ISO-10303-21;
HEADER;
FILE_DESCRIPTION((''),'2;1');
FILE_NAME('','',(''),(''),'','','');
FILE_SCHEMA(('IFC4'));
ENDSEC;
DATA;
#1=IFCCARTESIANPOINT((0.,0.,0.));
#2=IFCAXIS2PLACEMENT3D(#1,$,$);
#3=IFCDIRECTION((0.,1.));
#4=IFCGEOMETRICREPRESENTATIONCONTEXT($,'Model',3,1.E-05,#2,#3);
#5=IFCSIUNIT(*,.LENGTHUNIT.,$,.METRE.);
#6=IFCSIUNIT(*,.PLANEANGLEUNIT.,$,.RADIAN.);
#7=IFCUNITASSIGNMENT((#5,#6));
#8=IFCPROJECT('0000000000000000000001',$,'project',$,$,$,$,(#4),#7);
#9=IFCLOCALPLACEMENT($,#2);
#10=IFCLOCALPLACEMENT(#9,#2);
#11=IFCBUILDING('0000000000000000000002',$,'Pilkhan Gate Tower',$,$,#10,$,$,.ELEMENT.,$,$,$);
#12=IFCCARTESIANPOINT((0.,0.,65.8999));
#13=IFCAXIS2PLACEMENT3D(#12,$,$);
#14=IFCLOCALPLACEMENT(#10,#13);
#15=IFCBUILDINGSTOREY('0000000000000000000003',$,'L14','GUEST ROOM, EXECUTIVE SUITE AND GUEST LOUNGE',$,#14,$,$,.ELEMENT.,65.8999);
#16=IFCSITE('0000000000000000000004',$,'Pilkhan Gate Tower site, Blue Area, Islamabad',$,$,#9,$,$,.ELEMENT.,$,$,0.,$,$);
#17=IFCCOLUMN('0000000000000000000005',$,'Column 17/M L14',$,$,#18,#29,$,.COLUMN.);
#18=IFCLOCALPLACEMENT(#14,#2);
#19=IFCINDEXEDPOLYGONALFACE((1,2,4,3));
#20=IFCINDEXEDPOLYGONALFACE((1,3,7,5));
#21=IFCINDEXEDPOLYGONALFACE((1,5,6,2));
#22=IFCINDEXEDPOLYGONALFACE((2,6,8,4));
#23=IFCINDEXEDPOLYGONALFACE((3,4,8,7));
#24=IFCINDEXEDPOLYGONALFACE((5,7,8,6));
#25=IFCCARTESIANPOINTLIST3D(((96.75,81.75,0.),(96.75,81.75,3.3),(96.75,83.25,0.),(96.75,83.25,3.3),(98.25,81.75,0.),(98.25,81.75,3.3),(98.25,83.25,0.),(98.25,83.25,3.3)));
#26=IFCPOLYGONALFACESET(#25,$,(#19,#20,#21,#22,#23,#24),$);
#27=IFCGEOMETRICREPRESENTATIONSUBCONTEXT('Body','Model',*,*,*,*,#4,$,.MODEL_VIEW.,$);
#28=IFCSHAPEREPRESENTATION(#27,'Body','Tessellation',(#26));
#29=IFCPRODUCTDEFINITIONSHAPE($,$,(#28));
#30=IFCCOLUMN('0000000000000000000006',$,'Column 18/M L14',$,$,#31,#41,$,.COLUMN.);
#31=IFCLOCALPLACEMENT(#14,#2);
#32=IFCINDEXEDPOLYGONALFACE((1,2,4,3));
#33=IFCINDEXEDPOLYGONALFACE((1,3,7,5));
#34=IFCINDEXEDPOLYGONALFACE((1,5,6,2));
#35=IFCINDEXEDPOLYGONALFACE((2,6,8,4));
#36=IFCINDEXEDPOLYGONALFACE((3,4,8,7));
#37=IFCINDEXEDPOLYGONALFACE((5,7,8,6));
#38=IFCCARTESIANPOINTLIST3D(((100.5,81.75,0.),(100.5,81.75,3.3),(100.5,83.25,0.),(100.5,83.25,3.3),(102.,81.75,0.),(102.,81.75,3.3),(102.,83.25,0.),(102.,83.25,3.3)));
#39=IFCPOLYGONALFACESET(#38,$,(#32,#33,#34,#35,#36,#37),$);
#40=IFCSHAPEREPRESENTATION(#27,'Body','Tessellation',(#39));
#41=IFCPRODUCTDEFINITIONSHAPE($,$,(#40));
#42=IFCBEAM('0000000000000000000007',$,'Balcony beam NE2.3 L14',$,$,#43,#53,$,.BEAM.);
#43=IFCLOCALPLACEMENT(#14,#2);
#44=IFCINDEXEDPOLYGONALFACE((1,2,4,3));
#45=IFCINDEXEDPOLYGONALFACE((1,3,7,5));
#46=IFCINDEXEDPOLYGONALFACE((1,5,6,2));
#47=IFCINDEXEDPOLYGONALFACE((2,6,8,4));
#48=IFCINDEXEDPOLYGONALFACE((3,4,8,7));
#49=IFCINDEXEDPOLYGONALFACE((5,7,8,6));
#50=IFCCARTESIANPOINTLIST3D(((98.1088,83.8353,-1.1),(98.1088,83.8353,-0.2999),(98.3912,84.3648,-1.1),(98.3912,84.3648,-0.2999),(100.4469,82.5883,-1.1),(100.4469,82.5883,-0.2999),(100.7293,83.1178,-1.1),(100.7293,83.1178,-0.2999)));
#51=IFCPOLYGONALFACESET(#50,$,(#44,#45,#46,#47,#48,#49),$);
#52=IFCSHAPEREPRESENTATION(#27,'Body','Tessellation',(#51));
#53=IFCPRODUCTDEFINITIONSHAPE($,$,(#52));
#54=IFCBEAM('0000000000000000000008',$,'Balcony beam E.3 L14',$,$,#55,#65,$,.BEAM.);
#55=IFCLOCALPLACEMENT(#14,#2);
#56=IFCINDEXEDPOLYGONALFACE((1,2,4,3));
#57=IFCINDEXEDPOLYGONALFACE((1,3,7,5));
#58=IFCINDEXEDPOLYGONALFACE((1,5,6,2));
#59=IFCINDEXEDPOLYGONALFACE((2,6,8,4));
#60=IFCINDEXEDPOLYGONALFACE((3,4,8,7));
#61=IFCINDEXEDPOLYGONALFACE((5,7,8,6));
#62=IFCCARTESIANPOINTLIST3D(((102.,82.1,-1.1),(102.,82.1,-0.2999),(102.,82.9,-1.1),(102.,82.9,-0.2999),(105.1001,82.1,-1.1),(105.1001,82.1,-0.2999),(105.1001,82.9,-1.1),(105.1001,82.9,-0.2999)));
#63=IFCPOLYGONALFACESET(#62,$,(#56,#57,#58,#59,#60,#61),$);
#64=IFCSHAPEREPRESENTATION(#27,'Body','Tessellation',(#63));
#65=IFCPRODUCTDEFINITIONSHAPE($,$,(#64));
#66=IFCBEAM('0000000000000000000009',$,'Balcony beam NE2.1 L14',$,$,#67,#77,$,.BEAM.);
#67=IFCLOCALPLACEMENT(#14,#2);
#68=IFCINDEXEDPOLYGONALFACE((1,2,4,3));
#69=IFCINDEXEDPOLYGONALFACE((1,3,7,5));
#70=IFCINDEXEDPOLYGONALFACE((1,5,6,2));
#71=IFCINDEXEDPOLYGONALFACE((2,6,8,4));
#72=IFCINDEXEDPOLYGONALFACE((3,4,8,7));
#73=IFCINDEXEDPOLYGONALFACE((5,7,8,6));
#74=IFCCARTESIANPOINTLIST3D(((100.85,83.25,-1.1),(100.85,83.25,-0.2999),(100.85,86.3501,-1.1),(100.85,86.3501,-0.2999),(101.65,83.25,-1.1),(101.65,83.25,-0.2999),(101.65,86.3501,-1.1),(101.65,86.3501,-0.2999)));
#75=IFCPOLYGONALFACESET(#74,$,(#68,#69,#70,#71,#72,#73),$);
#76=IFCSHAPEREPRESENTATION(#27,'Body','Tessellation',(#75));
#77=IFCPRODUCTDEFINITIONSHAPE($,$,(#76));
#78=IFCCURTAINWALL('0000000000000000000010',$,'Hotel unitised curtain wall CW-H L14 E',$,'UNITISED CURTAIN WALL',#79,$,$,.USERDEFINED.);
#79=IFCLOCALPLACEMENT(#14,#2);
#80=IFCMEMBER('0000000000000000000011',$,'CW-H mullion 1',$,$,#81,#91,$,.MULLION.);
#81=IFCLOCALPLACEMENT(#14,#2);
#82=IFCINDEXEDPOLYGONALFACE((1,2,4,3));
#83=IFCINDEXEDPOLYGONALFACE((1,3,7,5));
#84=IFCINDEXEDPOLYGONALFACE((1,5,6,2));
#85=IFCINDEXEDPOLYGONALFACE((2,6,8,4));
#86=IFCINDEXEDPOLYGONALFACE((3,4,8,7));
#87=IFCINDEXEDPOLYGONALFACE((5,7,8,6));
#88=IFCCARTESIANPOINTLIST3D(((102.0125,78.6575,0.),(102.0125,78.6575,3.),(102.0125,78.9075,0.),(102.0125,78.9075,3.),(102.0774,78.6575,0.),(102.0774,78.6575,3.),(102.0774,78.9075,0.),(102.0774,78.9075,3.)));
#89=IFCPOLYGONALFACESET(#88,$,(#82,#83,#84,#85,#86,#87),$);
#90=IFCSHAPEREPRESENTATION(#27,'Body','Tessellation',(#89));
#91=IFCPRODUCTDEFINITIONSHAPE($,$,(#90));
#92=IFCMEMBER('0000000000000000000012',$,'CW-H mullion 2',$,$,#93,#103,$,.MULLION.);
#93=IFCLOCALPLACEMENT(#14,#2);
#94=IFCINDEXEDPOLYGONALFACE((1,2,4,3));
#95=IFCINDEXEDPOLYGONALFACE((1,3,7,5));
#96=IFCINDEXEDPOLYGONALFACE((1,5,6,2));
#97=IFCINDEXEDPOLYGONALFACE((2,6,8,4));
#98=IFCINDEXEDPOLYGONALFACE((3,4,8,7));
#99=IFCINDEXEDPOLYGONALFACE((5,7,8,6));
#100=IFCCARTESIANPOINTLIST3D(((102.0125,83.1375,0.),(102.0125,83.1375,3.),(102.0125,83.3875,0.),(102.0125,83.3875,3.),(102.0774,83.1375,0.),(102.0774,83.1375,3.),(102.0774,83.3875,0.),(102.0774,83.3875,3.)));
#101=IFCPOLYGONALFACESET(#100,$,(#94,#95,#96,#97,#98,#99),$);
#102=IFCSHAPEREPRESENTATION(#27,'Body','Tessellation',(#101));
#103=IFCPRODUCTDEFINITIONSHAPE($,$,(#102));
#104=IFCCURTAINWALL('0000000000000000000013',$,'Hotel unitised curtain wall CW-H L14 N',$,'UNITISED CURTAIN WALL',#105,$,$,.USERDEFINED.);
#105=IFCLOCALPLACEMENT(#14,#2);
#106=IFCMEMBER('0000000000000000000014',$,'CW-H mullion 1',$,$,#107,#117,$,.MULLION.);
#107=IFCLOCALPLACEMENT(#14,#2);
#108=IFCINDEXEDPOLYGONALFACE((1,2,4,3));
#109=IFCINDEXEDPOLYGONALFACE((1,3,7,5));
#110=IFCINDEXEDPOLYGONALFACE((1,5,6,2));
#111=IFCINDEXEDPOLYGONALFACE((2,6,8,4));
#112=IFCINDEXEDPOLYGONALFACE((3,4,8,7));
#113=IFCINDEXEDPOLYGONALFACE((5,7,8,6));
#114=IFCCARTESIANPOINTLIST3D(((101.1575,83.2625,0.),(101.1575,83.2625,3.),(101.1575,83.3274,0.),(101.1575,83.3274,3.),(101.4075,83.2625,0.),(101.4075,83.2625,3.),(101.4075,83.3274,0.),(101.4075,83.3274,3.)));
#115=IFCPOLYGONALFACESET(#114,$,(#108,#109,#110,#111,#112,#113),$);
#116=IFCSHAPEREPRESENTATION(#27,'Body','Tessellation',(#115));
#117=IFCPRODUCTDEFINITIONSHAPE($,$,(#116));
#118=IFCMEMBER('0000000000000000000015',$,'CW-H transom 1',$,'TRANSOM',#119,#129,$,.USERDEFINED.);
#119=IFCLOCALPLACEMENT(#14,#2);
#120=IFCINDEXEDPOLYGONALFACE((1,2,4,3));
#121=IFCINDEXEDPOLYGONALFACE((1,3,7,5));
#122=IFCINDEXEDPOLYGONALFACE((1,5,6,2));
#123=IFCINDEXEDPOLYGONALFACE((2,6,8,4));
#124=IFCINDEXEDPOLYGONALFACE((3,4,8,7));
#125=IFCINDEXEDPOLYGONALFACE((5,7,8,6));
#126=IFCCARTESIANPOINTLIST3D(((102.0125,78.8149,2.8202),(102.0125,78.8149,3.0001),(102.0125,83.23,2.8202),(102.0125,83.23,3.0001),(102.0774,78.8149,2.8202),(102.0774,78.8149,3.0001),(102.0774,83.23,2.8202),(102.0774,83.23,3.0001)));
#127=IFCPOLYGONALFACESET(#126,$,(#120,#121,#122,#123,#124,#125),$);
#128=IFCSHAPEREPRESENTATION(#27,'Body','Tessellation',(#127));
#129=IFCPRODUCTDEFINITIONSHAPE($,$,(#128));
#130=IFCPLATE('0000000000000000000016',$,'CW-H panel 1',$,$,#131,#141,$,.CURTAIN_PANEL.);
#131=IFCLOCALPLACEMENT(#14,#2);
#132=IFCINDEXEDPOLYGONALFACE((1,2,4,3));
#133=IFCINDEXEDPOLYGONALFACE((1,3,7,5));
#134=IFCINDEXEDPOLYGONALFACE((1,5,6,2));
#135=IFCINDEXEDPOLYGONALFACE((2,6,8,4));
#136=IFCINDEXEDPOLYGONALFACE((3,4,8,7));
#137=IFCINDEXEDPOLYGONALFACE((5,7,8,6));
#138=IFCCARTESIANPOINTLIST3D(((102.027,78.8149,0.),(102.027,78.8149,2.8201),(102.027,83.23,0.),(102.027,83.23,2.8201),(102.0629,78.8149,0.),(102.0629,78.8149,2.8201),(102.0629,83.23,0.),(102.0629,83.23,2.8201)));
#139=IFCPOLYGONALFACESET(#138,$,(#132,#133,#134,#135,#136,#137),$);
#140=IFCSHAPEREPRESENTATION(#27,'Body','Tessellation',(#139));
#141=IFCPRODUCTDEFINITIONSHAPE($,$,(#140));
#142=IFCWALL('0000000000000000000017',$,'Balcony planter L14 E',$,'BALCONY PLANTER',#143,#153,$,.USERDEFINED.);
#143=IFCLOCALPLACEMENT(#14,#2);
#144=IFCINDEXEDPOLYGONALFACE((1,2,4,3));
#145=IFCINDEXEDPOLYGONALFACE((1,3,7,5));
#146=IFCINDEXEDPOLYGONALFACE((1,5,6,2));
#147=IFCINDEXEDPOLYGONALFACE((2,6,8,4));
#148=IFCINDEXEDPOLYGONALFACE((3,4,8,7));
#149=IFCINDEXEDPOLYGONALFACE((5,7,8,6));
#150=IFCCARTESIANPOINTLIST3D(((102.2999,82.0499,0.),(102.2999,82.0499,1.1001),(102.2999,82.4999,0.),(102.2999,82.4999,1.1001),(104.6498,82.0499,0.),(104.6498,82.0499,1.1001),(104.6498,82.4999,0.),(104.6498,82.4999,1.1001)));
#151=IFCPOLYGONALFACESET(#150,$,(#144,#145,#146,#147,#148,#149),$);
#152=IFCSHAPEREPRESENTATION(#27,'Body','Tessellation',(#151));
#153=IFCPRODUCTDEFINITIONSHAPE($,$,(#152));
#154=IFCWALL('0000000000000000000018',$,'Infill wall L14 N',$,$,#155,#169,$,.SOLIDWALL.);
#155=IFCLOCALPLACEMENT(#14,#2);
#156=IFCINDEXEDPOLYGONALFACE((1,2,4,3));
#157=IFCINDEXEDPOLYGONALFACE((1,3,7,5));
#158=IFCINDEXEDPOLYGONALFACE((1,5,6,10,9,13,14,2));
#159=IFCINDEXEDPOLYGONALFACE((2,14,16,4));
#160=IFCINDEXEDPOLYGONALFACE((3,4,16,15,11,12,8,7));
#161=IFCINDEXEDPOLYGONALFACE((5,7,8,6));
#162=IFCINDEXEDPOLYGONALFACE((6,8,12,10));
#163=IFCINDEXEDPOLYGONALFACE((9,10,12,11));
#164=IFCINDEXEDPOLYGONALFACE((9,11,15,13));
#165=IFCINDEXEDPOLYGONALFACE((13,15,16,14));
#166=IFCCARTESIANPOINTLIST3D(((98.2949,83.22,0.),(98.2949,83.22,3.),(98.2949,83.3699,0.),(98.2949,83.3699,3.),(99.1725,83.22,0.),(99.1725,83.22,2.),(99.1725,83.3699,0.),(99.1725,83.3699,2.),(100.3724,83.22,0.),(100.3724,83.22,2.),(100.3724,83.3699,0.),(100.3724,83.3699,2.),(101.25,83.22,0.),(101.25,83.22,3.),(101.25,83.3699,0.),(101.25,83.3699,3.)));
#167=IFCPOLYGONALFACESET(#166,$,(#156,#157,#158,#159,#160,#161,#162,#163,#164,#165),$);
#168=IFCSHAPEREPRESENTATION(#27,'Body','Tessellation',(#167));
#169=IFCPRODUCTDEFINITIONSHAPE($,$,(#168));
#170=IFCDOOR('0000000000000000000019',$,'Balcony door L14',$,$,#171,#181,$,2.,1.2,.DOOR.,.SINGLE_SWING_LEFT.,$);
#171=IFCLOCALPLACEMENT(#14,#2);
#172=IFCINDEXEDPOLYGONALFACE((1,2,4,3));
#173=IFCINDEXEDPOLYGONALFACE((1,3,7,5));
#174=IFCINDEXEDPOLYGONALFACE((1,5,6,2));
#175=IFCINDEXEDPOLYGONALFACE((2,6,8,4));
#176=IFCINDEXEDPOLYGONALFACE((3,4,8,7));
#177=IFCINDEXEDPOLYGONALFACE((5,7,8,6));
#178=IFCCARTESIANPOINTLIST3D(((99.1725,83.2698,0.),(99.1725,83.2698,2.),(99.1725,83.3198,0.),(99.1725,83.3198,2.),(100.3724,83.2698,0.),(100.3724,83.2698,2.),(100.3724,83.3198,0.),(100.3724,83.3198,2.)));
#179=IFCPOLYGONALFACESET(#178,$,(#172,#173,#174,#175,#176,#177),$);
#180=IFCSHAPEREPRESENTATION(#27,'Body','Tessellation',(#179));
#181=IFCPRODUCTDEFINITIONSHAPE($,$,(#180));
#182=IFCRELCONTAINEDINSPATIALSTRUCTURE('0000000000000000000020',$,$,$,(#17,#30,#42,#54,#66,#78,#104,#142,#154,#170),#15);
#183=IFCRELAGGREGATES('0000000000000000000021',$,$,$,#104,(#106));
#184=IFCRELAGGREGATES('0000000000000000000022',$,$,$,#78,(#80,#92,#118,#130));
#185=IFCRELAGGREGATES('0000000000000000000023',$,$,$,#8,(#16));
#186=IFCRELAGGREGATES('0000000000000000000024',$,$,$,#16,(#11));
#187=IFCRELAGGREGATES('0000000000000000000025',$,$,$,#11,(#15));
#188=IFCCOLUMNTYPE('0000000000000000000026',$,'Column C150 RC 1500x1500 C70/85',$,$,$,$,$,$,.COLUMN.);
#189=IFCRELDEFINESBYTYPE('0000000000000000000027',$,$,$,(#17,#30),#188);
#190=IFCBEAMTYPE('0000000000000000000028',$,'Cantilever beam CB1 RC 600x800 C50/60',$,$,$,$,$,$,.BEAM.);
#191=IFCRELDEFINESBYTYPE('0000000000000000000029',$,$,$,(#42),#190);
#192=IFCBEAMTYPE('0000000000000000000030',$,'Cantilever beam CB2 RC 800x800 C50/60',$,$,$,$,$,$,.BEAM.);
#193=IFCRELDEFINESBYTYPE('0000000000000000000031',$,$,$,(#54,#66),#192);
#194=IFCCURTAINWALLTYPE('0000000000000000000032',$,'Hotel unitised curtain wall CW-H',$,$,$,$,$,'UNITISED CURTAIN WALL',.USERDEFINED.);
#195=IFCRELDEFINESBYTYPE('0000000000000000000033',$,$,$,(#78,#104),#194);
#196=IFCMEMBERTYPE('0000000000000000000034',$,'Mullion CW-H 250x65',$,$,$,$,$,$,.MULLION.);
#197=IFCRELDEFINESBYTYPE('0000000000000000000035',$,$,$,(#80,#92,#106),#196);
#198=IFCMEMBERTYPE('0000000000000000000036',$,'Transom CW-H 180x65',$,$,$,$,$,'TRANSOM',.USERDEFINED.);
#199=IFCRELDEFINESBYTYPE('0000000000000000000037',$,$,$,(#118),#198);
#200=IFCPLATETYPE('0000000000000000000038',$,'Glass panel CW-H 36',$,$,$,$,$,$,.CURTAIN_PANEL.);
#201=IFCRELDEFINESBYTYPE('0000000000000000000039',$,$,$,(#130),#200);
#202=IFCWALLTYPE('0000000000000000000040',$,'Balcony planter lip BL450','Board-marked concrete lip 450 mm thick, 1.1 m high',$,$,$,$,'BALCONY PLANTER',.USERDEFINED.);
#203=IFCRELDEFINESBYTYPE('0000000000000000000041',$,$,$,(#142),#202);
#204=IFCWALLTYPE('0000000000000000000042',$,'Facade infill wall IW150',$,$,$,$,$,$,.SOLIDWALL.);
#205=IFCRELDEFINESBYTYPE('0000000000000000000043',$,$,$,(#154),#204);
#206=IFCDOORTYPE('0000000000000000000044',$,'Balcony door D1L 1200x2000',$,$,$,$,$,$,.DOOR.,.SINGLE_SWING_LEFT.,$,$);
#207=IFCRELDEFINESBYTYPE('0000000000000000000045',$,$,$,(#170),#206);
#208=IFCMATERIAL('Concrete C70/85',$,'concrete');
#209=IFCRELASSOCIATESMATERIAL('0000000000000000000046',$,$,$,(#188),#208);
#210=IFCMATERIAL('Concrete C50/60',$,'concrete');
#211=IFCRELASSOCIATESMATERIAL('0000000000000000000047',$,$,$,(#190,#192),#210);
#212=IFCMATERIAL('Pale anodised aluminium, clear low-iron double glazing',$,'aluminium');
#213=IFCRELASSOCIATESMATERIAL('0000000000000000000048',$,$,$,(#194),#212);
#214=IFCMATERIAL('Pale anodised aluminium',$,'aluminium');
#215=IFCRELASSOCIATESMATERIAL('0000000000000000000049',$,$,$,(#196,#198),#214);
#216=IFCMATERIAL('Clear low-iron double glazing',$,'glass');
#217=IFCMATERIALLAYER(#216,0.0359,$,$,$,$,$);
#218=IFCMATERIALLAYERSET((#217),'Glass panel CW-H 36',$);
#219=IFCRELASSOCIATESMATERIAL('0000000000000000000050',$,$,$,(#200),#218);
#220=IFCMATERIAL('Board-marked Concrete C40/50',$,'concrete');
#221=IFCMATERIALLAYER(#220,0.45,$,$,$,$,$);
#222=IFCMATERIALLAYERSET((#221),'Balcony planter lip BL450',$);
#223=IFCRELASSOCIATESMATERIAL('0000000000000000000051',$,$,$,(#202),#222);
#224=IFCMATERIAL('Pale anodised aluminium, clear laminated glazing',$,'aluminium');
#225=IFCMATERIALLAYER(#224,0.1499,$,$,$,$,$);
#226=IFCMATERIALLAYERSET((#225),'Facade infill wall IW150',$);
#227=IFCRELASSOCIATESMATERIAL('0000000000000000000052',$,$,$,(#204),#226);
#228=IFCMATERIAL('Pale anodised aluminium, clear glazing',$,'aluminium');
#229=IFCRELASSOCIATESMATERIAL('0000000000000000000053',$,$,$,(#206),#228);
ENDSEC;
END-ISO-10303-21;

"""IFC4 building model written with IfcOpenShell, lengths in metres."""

from ifc_helpers import new_model, si_unit, direction, frame, frame_2d, origin, origin_2d, place, context, subcontext, project, spatial, rectangle, extrude, material, layer, layer_set, material_profile, profile_set, type_object, element, fill, aggregate, save


model = new_model("IFC4")

# Units and contexts
model_context = context("Model", 3, precision=1e-05, world=origin(), true_north=direction((0.0, 1.0)))
body_context = subcontext(model_context, "Body", "Model", "MODEL_VIEW")
ifc_project = project(units=[si_unit("LENGTHUNIT", "METRE"), si_unit("PLANEANGLEUNIT", "RADIAN")], contexts=[model_context])

# Site, building, storey
site_placement = place(None, origin())
site = spatial("IfcSite", under=ifc_project, at=site_placement, Name="Pilkhan Gate Tower site, Blue Area, Islamabad", CompositionType="ELEMENT", RefElevation=0.0)
building_placement = place(site_placement, origin())
building = spatial("IfcBuilding", under=site, at=building_placement, Name="Pilkhan Gate Tower", CompositionType="ELEMENT")
storey_placement = place(building_placement, frame((0.0, 0.0, 65.8999)))
storey = spatial("IfcBuildingStorey", under=building, at=storey_placement, Name="L14", Description="GUEST ROOM, EXECUTIVE SUITE AND GUEST LOUNGE", CompositionType="ELEMENT", Elevation=65.8999)

# Columns
ifc_material_1 = material(Name="Concrete C70/85", Category="concrete")
ifc_material_profile_1 = material_profile(ifc_material_1, rectangle(XDim=1.5, YDim=1.5, at=origin_2d()), Name="RC 1500x1500")
ifc_profile_set_1 = profile_set([ifc_material_profile_1], Name="Concrete C70/85")
column_type = type_object("IfcColumnType", Name="Column C150 RC 1500x1500 C70/85", PredefinedType="COLUMN", material=ifc_profile_set_1)
for number, where, z_axis, x_axis, name in (
    (1, (97.5, 82.5, 0.0), (0.0, 0.0, 1.0), (1.0, 0.0, 0.0), "Column 17/M L14"),
    (2, (101.25, 82.5, 0.0), (0.0, 0.0, 1.0), (1.0, 0.0, 0.0), "Column 18/M L14"),
):
    element("IfcColumn", number, at=place(storey_placement, frame(where, z_axis=z_axis, x_axis=x_axis)), inside=storey, type_object=column_type, Name=name, PredefinedType="COLUMN", context=body_context, shape_type="SweptSolid", body=[
        extrude(rectangle(XDim=1.5, YDim=1.5, at=origin_2d()), origin(), (0.0, 0.0, 1.0), 3.3),
    ])

# Beams
ifc_material_2 = material(Name="Concrete C50/60", Category="concrete")
ifc_material_profile_2 = material_profile(ifc_material_2, rectangle(XDim=0.6001, YDim=0.8, at=origin_2d()), Name="RC 600x800")
ifc_profile_set_2 = profile_set([ifc_material_profile_2], Name="Concrete C50/60")
beam_type_1 = type_object("IfcBeamType", Name="Cantilever beam CB1 RC 600x800 C50/60", PredefinedType="BEAM", material=ifc_profile_set_2)
beam_placement = place(storey_placement, frame((100.5881, 82.853, -0.7), z_axis=(-0.882343, 0.470607, 0.0), x_axis=(-0.470607, -0.882343, 0.0)))
element("IfcBeam", 3, at=beam_placement, inside=storey, type_object=beam_type_1, Name="Balcony beam NE2.3 L14", PredefinedType="BEAM", context=body_context, shape_type="SweptSolid", body=[
    extrude(rectangle(XDim=0.6001, YDim=0.8, at=origin_2d()), origin(), (0.0, 0.0, 1.0), 2.6499),
])
ifc_material_profile_3 = material_profile(ifc_material_2, rectangle(XDim=0.8, YDim=0.8, at=origin_2d()), Name="RC 800x800")
ifc_profile_set_3 = profile_set([ifc_material_profile_3], Name="Concrete C50/60")
beam_type_2 = type_object("IfcBeamType", Name="Cantilever beam CB2 RC 800x800 C50/60", PredefinedType="BEAM", material=ifc_profile_set_3)
for number, where, z_axis, x_axis, name in (
    (4, (102.0, 82.5, -0.7), (1.0, 0.0, 0.0), (0.0, 1.0, 0.0), "Balcony beam E.3 L14"),
    (5, (101.25, 83.25, -0.7), (0.0, 1.0, 0.0), (-1.0, 0.0, 0.0), "Balcony beam NE2.1 L14"),
):
    element("IfcBeam", number, at=place(storey_placement, frame(where, z_axis=z_axis, x_axis=x_axis)), inside=storey, type_object=beam_type_2, Name=name, PredefinedType="BEAM", context=body_context, shape_type="SweptSolid", body=[
        extrude(rectangle(XDim=0.8, YDim=0.8, at=origin_2d()), origin(), (0.0, 0.0, 1.0), 3.1001),
    ])

# Curtain wall, members
ifc_material_3 = material(Name="Pale anodised aluminium, clear low-iron double glazing", Category="aluminium")
curtain_wall_type = type_object("IfcCurtainWallType", Name="Hotel unitised curtain wall CW-H", ElementType="UNITISED CURTAIN WALL", PredefinedType="USERDEFINED", material=ifc_material_3)
curtain_wall_1_placement = place(storey_placement, origin())
curtain_wall_1 = element("IfcCurtainWall", 6, at=curtain_wall_1_placement, inside=storey, type_object=curtain_wall_type, Name="Hotel unitised curtain wall CW-H L14 E", ObjectType="UNITISED CURTAIN WALL", PredefinedType="USERDEFINED")
ifc_material_4 = material(Name="Pale anodised aluminium", Category="aluminium")
ifc_material_profile_4 = material_profile(ifc_material_4, rectangle(XDim=0.0649, YDim=0.25, at=origin_2d()), Name="Mullion 250x65")
ifc_profile_set_4 = profile_set([ifc_material_profile_4], Name="Pale anodised aluminium")
member_type_1 = type_object("IfcMemberType", Name="Mullion CW-H 250x65", PredefinedType="MULLION", material=ifc_profile_set_4)
member_1_placement = place(storey_placement, frame((102.0449, 78.7825, 0.0), z_axis=(0.0, 0.0, 1.0), x_axis=(-1.0, 0.0, 0.0)))
member_1 = element("IfcMember", 7, at=member_1_placement, type_object=member_type_1, Name="CW-H mullion 1", PredefinedType="MULLION", context=body_context, shape_type="SweptSolid", body=[
    extrude(rectangle(XDim=0.0649, YDim=0.25, at=origin_2d()), origin(), (0.0, 0.0, 1.0), 3.0),
])
member_2_placement = place(storey_placement, frame((102.0449, 83.2625, 0.0), z_axis=(0.0, 0.0, 1.0), x_axis=(-1.0, 0.0, 0.0)))
member_2 = element("IfcMember", 8, at=member_2_placement, type_object=member_type_1, Name="CW-H mullion 2", PredefinedType="MULLION", context=body_context, shape_type="SweptSolid", body=[
    extrude(rectangle(XDim=0.0649, YDim=0.25, at=origin_2d()), origin(), (0.0, 0.0, 1.0), 3.0),
])

# Curtain wall, member
curtain_wall_2_placement = place(storey_placement, origin())
curtain_wall_2 = element("IfcCurtainWall", 9, at=curtain_wall_2_placement, inside=storey, type_object=curtain_wall_type, Name="Hotel unitised curtain wall CW-H L14 N", ObjectType="UNITISED CURTAIN WALL", PredefinedType="USERDEFINED")
member_3_placement = place(storey_placement, frame((101.2825, 83.2949, 0.0), z_axis=(0.0, 0.0, 1.0), x_axis=(0.0, 1.0, 0.0)))
member_3 = element("IfcMember", 10, at=member_3_placement, type_object=member_type_1, Name="CW-H mullion 1", PredefinedType="MULLION", context=body_context, shape_type="SweptSolid", body=[
    extrude(rectangle(XDim=0.0649, YDim=0.25, at=origin_2d()), origin(), (0.0, 0.0, 1.0), 3.0),
])
aggregate(curtain_wall_2, [member_3])

# Member
ifc_material_profile_5 = material_profile(ifc_material_4, rectangle(XDim=0.0649, YDim=0.1799, at=origin_2d()), Name="Transom 180x65")
ifc_profile_set_5 = profile_set([ifc_material_profile_5], Name="Pale anodised aluminium")
member_type_2 = type_object("IfcMemberType", Name="Transom CW-H 180x65", ElementType="TRANSOM", PredefinedType="USERDEFINED", material=ifc_profile_set_5)
member_4_placement = place(storey_placement, frame((102.0449, 78.8149, 2.9102), z_axis=(0.0, 1.0, 0.0), x_axis=(-1.0, 0.0, 0.0)))
member_4 = element("IfcMember", 11, at=member_4_placement, type_object=member_type_2, Name="CW-H transom 1", ObjectType="TRANSOM", PredefinedType="USERDEFINED", context=body_context, shape_type="SweptSolid", body=[
    extrude(rectangle(XDim=0.0649, YDim=0.1799, at=origin_2d()), origin(), (0.0, 0.0, 1.0), 4.415),
])

# Plate
ifc_material_5 = material(Name="Clear low-iron double glazing", Category="glass")
ifc_layer_1 = layer(ifc_material_5, 0.0359)
ifc_layer_set_1 = layer_set([ifc_layer_1], Name="Glass panel CW-H 36")
plate_type = type_object("IfcPlateType", Name="Glass panel CW-H 36", PredefinedType="CURTAIN_PANEL", material=ifc_layer_set_1)
plate_placement = place(storey_placement, frame((102.0449, 81.0225, 0.0), z_axis=(0.0, 0.0, 1.0), x_axis=(0.0, 1.0, 0.0)))
plate = element("IfcPlate", 12, at=plate_placement, type_object=plate_type, Name="CW-H panel 1", PredefinedType="CURTAIN_PANEL", context=body_context, shape_type="SweptSolid", body=[
    extrude(rectangle(XDim=4.415, YDim=0.0359, at=origin_2d()), origin(), (0.0, 0.0, 1.0), 2.8201),
])
aggregate(curtain_wall_1, [member_1, member_2, member_4, plate])

# Wall
ifc_material_6 = material(Name="Board-marked Concrete C40/50", Category="concrete")
ifc_layer_2 = layer(ifc_material_6, 0.45)
ifc_layer_set_2 = layer_set([ifc_layer_2], Name="Balcony planter lip BL450")
wall_type_1 = type_object("IfcWallType", Name="Balcony planter lip BL450", Description="Board-marked concrete lip 450 mm thick, 1.1 m high", ElementType="BALCONY PLANTER", PredefinedType="USERDEFINED", material=ifc_layer_set_2)
wall_1_placement = place(storey_placement, frame((102.3, 82.2749, 0.0), z_axis=(0.0, 0.0, 1.0), x_axis=(1.0, 0.0, 0.0)))
element("IfcWall", 13, at=wall_1_placement, inside=storey, type_object=wall_type_1, Name="Balcony planter L14 E", ObjectType="BALCONY PLANTER", PredefinedType="USERDEFINED", context=body_context, shape_type="SweptSolid", body=[
    extrude(rectangle(XDim=2.3499, YDim=0.45, at=frame_2d((1.1748, 0.0))), origin(), (0.0, 0.0, 1.0), 1.1001),
])

# Wall, opening, door
ifc_material_7 = material(Name="Pale anodised aluminium, clear laminated glazing", Category="aluminium")
ifc_layer_3 = layer(ifc_material_7, 0.1499)
ifc_layer_set_3 = layer_set([ifc_layer_3], Name="Facade infill wall IW150")
wall_type_2 = type_object("IfcWallType", Name="Facade infill wall IW150", PredefinedType="SOLIDWALL", material=ifc_layer_set_3)
wall_2_placement = place(storey_placement, frame((98.2949, 83.2949, 0.0), z_axis=(0.0, 0.0, 1.0), x_axis=(1.0, 0.0, 0.0)))
wall_2 = element("IfcWall", 14, at=wall_2_placement, inside=storey, type_object=wall_type_2, Name="Infill wall L14 N", PredefinedType="SOLIDWALL", context=body_context, shape_type="SweptSolid", body=[
    extrude(rectangle(XDim=2.9551, YDim=0.1499, at=frame_2d((1.4775, 0.0))), origin(), (0.0, 0.0, 1.0), 3.0),
])
opening_1_placement = place(wall_2_placement, frame((0.8774, 0.0, 0.0)))
opening_1 = element("IfcOpeningElement", 15, at=opening_1_placement, cuts=wall_2, PredefinedType="OPENING", context=body_context, shape_type="SweptSolid", body=[
    extrude(rectangle(XDim=1.2, YDim=2.0, at=frame_2d((0.6001, 1.0))), frame((0.0, 0.085, 0.0), z_axis=(0.0, -1.0, 0.0), x_axis=(1.0, 0.0, 0.0)), (0.0, 0.0, 1.0), 0.1699),
])
ifc_material_8 = material(Name="Pale anodised aluminium, clear glazing", Category="aluminium")
door_type_1 = type_object("IfcDoorType", Name="Balcony door D1L 1200x2000", OperationType="SINGLE_SWING_LEFT", PredefinedType="DOOR", material=ifc_material_8)
door_1_placement = place(opening_1_placement, origin())
door_1 = element("IfcDoor", 16, at=door_1_placement, inside=storey, type_object=door_type_1, Name="Balcony door L14", OperationType="SINGLE_SWING_LEFT", OverallHeight=2.0, OverallWidth=1.2, PredefinedType="DOOR", context=body_context, shape_type="SweptSolid", body=[
    extrude(rectangle(XDim=1.2, YDim=2.0, at=frame_2d((0.6001, 1.0))), frame((0.0, 0.0249, 0.0), z_axis=(0.0, -1.0, 0.0), x_axis=(1.0, 0.0, 0.0)), (0.0, 0.0, 1.0), 0.05),
])
fill(opening_1, door_1)

save(model, "model.ifc")
